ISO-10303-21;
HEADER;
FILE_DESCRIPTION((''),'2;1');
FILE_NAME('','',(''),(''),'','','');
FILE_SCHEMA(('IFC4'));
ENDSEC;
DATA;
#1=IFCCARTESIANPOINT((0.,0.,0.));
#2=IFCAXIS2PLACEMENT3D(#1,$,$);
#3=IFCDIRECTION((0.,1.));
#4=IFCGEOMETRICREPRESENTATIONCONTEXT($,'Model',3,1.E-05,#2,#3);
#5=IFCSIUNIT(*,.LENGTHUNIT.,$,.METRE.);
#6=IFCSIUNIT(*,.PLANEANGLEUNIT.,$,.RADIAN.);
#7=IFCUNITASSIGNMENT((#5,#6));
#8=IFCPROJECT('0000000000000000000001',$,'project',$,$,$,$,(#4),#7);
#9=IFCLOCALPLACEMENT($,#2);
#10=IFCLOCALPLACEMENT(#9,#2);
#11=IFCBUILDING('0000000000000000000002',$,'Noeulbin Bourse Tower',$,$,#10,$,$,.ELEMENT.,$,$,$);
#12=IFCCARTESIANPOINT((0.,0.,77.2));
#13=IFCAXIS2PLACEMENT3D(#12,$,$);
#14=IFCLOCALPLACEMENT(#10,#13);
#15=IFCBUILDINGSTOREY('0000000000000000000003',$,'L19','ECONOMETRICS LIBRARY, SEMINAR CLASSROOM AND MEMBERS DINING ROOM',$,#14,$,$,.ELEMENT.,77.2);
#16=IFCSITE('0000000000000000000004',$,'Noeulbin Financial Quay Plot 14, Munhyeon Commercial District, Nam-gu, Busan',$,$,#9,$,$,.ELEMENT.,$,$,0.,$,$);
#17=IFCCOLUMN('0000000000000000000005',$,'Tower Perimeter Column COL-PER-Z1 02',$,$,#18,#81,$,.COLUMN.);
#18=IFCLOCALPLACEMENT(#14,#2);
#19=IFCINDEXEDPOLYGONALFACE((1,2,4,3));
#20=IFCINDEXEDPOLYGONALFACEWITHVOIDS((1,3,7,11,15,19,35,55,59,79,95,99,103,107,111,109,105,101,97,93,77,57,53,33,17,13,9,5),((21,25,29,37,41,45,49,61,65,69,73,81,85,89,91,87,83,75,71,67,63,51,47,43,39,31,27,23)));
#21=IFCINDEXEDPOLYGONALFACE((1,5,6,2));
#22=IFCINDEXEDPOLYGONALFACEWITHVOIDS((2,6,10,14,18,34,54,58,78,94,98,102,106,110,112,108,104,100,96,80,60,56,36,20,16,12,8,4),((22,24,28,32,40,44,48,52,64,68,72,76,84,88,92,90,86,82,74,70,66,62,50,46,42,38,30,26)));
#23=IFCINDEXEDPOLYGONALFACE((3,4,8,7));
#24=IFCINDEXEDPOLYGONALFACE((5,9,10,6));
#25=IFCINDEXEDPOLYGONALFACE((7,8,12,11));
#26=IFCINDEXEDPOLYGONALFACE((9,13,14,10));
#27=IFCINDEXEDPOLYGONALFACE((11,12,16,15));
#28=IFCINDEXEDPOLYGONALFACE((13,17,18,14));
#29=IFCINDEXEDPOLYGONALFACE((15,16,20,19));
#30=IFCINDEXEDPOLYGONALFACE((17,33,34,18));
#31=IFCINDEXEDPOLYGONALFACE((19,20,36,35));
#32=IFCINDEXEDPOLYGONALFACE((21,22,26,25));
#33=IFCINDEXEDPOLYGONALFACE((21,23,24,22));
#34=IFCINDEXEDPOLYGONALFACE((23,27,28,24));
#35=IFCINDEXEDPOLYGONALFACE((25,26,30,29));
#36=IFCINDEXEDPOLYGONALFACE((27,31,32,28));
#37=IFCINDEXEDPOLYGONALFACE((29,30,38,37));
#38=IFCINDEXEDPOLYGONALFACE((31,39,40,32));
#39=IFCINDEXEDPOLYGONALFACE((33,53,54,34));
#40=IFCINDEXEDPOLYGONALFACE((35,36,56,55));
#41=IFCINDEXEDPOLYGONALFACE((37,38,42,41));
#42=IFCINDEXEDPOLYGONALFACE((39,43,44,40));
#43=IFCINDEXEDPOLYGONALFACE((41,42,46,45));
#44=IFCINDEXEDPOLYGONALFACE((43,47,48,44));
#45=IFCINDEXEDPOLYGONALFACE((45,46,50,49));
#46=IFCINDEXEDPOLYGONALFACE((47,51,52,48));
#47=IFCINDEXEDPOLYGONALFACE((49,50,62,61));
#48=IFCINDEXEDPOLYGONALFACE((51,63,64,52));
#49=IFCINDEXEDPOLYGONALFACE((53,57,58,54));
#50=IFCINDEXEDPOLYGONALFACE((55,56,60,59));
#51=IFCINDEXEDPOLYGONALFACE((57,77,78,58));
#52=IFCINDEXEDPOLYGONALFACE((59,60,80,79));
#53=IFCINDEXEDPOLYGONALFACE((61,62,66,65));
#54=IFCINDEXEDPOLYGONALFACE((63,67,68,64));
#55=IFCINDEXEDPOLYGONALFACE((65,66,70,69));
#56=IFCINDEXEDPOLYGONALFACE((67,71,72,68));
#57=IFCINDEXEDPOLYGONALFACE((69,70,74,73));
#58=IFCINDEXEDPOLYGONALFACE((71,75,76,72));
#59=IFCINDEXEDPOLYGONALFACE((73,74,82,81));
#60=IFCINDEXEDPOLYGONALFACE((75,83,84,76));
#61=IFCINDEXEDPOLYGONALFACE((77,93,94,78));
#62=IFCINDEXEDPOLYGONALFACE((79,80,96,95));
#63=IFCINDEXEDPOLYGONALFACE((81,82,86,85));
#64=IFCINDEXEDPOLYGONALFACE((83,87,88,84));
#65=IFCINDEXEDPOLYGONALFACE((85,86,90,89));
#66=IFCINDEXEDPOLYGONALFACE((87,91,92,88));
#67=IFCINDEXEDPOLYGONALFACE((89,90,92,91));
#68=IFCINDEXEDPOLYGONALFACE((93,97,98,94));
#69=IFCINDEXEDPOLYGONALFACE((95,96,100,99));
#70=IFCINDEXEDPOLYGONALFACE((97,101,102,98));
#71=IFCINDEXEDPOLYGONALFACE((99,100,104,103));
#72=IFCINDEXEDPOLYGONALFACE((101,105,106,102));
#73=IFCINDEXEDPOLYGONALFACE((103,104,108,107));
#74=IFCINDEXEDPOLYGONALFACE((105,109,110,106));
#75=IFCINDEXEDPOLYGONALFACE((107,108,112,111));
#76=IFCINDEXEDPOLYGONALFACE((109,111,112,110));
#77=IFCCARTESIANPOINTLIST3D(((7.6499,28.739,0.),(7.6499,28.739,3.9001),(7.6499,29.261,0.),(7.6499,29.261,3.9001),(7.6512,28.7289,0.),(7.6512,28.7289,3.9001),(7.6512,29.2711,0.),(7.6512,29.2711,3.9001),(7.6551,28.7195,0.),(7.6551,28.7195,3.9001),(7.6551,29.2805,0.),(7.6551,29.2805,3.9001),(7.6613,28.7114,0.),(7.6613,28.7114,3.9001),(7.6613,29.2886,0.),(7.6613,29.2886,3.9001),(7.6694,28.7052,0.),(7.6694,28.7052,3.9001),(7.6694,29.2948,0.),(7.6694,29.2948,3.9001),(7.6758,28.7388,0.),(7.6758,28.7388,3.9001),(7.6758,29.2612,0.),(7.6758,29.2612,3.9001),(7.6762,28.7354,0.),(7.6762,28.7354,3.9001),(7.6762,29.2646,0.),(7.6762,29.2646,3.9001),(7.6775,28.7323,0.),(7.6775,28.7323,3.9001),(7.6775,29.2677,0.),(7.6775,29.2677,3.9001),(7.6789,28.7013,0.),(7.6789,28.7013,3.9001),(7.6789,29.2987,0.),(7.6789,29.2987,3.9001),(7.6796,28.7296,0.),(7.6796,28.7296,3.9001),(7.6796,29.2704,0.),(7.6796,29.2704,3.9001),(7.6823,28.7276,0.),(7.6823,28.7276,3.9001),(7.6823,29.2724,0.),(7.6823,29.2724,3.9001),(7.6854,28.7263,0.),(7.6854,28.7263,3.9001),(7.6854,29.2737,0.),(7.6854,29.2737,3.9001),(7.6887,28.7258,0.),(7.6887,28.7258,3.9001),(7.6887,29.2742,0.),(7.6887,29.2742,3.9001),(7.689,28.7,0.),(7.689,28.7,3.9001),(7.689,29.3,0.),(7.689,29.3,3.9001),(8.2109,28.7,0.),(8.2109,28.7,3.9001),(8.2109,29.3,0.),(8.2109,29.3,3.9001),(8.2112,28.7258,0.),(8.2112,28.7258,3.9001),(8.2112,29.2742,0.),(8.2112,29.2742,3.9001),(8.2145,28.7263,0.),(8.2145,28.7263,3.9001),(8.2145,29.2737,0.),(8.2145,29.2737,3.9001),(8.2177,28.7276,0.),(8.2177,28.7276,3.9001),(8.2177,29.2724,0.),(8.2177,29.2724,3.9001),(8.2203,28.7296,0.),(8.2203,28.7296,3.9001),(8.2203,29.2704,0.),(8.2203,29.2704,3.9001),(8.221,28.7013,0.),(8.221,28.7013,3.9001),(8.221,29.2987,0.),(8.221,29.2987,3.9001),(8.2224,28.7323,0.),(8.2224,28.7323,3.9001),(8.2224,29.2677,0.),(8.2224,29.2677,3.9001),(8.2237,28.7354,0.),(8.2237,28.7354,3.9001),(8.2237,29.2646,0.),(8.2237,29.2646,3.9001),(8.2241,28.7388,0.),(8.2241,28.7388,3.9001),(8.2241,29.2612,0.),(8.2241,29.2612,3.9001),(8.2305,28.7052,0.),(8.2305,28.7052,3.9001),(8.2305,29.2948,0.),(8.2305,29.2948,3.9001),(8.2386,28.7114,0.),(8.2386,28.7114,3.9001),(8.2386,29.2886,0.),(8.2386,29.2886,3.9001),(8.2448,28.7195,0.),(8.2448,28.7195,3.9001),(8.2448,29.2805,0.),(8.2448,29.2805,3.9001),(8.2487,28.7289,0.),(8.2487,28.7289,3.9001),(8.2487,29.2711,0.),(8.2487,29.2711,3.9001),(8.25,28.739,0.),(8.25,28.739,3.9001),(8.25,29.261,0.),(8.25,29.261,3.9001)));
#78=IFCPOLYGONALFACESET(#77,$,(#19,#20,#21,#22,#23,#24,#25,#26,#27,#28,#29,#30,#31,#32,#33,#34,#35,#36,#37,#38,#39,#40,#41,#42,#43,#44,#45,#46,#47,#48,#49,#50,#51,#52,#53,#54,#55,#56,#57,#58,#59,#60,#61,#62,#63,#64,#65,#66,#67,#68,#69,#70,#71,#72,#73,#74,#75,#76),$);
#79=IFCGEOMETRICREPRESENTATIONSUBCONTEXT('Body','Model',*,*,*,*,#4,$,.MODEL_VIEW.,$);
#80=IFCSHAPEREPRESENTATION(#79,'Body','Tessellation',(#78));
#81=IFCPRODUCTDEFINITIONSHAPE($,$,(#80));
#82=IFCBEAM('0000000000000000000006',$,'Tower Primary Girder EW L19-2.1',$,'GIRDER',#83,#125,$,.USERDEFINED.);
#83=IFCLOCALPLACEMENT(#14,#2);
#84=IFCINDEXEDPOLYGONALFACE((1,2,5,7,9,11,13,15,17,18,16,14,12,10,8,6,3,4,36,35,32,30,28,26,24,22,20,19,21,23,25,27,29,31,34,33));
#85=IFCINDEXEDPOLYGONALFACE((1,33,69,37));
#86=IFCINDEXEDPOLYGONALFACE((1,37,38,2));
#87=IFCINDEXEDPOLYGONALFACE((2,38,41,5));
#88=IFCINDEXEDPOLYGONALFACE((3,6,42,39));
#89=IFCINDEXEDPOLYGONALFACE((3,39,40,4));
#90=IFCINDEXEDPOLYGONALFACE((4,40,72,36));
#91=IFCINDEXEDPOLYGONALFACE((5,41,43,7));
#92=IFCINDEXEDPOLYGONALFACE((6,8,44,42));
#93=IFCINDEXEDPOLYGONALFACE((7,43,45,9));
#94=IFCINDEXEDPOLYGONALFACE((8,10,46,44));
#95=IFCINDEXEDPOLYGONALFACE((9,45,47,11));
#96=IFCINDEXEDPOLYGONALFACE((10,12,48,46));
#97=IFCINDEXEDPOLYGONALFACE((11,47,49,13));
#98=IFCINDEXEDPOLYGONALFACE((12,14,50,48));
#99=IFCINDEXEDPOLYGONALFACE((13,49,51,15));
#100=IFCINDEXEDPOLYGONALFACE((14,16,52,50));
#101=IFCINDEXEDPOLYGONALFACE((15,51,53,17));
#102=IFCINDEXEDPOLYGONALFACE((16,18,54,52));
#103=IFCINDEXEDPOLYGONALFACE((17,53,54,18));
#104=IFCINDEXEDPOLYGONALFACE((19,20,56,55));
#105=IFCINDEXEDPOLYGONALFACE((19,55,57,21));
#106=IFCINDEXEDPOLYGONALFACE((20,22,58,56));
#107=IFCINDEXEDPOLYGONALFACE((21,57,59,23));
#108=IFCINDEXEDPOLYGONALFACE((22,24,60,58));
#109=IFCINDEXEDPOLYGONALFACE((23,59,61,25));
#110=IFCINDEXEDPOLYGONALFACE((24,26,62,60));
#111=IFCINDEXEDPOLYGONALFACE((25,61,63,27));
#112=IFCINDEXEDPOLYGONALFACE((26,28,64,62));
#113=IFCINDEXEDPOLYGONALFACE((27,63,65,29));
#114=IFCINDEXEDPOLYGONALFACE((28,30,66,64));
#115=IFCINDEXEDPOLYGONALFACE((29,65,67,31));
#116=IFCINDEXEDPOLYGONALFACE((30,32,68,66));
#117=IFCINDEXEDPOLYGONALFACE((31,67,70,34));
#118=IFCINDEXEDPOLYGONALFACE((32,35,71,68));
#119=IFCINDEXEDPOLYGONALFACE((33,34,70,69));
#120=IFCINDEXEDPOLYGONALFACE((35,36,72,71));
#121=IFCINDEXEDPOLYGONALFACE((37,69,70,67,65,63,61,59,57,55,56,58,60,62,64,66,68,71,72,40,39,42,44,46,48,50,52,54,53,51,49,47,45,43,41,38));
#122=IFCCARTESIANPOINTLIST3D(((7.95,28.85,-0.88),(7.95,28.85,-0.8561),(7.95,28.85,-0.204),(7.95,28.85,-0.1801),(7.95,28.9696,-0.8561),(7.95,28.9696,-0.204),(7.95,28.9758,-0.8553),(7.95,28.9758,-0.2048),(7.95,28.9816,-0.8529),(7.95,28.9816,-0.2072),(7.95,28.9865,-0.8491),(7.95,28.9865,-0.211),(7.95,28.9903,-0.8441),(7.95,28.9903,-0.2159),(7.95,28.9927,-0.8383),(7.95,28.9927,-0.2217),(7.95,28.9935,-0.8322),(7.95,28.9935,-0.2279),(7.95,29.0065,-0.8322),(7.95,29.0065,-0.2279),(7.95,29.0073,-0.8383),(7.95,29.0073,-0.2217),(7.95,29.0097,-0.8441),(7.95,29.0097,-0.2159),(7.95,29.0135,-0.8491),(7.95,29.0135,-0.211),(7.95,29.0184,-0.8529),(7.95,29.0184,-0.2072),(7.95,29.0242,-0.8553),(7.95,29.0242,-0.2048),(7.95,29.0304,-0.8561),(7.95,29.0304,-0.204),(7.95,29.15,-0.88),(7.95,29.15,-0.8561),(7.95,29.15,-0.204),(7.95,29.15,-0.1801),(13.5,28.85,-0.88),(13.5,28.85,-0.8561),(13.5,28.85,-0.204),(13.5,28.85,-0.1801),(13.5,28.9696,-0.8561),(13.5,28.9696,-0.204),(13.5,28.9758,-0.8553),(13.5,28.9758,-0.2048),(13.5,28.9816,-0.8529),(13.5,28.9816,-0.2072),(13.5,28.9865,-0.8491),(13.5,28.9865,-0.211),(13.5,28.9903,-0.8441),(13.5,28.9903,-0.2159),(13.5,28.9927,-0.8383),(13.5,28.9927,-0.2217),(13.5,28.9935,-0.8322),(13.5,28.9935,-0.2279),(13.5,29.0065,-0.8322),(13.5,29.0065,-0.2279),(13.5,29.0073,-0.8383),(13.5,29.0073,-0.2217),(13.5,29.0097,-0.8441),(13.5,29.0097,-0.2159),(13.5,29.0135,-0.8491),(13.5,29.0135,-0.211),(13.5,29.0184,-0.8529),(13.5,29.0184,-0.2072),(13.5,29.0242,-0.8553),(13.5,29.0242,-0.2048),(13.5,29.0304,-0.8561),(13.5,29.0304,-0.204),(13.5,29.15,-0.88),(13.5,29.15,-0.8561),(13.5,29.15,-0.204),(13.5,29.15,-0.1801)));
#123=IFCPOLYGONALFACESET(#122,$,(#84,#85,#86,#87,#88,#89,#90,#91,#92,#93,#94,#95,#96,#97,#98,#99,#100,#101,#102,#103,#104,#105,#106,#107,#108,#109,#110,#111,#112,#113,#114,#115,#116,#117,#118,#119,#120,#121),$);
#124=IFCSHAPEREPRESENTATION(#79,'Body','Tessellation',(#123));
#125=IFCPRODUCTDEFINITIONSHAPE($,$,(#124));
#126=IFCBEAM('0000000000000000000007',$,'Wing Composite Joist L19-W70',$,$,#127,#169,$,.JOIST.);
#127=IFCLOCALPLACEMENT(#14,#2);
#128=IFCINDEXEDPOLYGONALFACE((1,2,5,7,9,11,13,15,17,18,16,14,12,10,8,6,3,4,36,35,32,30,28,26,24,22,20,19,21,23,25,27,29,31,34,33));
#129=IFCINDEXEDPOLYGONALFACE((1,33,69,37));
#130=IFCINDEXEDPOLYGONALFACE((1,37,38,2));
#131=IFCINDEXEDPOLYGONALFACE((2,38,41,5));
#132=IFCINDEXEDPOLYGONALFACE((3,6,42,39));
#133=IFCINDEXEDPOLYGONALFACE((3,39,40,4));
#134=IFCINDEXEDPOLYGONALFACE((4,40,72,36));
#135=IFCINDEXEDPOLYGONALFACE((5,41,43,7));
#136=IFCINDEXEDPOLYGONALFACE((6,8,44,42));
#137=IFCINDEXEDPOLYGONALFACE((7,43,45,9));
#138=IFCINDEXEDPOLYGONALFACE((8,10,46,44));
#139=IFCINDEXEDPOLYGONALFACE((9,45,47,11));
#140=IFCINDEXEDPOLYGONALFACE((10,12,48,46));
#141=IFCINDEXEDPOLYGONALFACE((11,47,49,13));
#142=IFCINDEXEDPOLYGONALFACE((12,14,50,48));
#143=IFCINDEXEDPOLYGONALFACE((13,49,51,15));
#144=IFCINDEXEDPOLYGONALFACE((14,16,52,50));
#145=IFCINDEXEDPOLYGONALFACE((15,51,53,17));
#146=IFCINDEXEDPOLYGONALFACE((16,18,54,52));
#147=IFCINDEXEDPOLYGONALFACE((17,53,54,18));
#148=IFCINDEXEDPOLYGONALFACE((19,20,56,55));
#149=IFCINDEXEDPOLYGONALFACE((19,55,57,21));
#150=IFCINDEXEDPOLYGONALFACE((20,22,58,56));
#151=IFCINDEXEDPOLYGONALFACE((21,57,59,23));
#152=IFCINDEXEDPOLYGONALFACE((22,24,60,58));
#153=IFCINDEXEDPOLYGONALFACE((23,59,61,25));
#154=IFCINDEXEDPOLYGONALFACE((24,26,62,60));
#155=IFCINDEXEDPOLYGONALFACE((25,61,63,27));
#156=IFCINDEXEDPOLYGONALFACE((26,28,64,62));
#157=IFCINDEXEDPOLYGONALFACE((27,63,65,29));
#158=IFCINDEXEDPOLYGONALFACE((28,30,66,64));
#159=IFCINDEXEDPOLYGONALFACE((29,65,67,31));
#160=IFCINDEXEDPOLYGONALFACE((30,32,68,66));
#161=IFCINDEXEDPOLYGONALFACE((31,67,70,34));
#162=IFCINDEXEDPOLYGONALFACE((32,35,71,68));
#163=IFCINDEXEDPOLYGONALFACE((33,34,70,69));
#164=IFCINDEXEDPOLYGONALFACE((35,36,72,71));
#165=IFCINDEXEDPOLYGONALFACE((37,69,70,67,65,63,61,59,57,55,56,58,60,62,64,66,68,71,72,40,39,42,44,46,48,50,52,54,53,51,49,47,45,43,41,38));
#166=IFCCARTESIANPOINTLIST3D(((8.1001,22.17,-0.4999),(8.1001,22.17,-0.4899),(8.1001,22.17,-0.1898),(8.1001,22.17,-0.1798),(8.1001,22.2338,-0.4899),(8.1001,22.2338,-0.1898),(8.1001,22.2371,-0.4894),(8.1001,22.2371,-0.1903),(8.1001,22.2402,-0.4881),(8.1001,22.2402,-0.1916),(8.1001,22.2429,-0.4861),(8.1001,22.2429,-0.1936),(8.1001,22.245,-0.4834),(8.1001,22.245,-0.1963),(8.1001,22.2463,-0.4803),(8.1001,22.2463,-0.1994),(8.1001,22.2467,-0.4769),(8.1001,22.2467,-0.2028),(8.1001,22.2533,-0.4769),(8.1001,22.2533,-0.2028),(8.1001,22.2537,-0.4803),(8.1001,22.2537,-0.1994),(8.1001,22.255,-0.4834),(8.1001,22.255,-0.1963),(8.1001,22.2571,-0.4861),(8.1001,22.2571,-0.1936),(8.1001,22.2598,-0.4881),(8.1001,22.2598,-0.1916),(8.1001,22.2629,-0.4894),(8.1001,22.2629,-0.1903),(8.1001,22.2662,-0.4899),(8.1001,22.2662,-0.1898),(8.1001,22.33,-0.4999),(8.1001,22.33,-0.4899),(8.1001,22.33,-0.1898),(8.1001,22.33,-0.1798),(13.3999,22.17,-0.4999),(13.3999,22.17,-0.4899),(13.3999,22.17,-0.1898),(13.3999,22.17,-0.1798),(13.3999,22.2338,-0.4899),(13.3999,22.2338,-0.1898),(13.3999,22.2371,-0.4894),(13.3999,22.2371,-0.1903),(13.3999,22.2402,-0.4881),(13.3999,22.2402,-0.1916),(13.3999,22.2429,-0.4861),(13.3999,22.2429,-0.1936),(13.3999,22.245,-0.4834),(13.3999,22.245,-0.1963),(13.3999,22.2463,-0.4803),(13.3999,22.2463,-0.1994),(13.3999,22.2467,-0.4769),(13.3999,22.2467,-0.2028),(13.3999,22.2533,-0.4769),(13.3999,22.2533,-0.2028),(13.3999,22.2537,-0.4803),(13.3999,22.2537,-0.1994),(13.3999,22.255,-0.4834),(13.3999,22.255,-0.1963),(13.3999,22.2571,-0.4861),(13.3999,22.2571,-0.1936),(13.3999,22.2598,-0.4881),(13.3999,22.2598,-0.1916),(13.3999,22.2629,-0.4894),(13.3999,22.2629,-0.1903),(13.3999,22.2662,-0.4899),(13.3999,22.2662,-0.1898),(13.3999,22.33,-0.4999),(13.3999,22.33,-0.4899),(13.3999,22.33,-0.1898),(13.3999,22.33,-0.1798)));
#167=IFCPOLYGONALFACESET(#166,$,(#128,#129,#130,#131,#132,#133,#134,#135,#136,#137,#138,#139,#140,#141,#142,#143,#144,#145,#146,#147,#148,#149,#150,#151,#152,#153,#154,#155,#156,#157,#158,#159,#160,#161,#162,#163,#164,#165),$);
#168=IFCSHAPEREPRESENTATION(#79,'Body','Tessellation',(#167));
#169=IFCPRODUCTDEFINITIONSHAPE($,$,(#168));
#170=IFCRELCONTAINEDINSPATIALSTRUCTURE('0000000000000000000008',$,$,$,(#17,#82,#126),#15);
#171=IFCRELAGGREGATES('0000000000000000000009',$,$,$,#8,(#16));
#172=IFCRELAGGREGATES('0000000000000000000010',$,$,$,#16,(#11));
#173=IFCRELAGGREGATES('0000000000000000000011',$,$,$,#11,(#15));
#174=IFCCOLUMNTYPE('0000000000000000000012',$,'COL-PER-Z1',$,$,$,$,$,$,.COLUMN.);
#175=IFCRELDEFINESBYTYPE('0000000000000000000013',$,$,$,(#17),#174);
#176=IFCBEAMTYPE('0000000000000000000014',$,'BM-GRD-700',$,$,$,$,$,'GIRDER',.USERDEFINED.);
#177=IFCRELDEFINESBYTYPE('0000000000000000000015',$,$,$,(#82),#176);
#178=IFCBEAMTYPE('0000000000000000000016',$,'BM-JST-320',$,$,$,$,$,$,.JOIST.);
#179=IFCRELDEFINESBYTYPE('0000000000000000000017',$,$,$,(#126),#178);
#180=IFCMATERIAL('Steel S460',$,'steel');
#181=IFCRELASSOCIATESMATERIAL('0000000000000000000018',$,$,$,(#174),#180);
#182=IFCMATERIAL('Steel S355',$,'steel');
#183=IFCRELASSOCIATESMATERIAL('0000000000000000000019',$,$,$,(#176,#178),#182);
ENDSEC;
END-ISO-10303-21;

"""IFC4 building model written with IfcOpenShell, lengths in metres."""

from ifc_helpers import new_model, si_unit, direction, frame, origin, origin_2d, place, context, subcontext, project, spatial, hollow_rectangle, i_section, extrude, material, material_profile, profile_set, type_object, element, save


model = new_model("IFC4")

# Units and contexts
model_context = context("Model", 3, precision=1e-05, world=origin(), true_north=direction((0.0, 1.0)))
body_context = subcontext(model_context, "Body", "Model", "MODEL_VIEW")
ifc_project = project(units=[si_unit("LENGTHUNIT", "METRE"), si_unit("PLANEANGLEUNIT", "RADIAN")], contexts=[model_context])

# Site, building, storey
site_placement = place(None, origin())
site = spatial("IfcSite", under=ifc_project, at=site_placement, Name="Noeulbin Financial Quay Plot 14, Munhyeon Commercial District, Nam-gu, Busan", CompositionType="ELEMENT", RefElevation=0.0)
building_placement = place(site_placement, origin())
building = spatial("IfcBuilding", under=site, at=building_placement, Name="Noeulbin Bourse Tower", CompositionType="ELEMENT")
storey_placement = place(building_placement, frame((0.0, 0.0, 77.2)))
storey = spatial("IfcBuildingStorey", under=building, at=storey_placement, Name="L19", Description="ECONOMETRICS LIBRARY, SEMINAR CLASSROOM AND MEMBERS DINING ROOM", CompositionType="ELEMENT", Elevation=77.2)

# Column
ifc_material_1 = material(Name="Steel S460", Category="steel")
ifc_material_profile_1 = material_profile(ifc_material_1, hollow_rectangle(XDim=0.6001, YDim=0.6001, WallThickness=0.0259, InnerFilletRadius=0.0129, OuterFilletRadius=0.0391, at=origin_2d()), Name="BOX-600x600x26", Category="LoadBearing")
ifc_profile_set_1 = profile_set([ifc_material_profile_1], Name="Steel S460")
column_type = type_object("IfcColumnType", Name="COL-PER-Z1", PredefinedType="COLUMN", material=ifc_profile_set_1)
column_placement = place(storey_placement, frame((7.95, 29.0, 0.0), z_axis=(0.0, 0.0, 1.0), x_axis=(1.0, 0.0, 0.0)))
element("IfcColumn", 1, at=column_placement, inside=storey, type_object=column_type, Name="Tower Perimeter Column COL-PER-Z1 02", PredefinedType="COLUMN", context=body_context, shape_type="SweptSolid", body=[
    extrude(hollow_rectangle(XDim=0.6001, YDim=0.6001, WallThickness=0.0259, InnerFilletRadius=0.0129, OuterFilletRadius=0.0391, at=origin_2d()), origin(), (0.0, 0.0, 1.0), 3.9001),
])

# Beams
ifc_material_2 = material(Name="Steel S355", Category="steel")
ifc_material_profile_2 = material_profile(ifc_material_2, i_section(OverallWidth=0.3, OverallDepth=0.7, WebThickness=0.0129, FlangeThickness=0.0239, FilletRadius=0.0239, at=origin_2d()), Name="H-700x300x13x24", Category="LoadBearing")
ifc_profile_set_2 = profile_set([ifc_material_profile_2], Name="Steel S355")
beam_type_1 = type_object("IfcBeamType", Name="BM-GRD-700", ElementType="GIRDER", PredefinedType="USERDEFINED", material=ifc_profile_set_2)
beam_1_placement = place(storey_placement, frame((7.95, 29.0, -0.53), z_axis=(1.0, 0.0, 0.0), x_axis=(0.0, 1.0, 0.0)))
element("IfcBeam", 2, at=beam_1_placement, inside=storey, type_object=beam_type_1, Name="Tower Primary Girder EW L19-2.1", ObjectType="GIRDER", PredefinedType="USERDEFINED", context=body_context, shape_type="SweptSolid", body=[
    extrude(i_section(OverallWidth=0.3, OverallDepth=0.7, WebThickness=0.0129, FlangeThickness=0.0239, FilletRadius=0.0239, at=origin_2d()), origin(), (0.0, 0.0, 1.0), 5.55),
])
ifc_material_profile_3 = material_profile(ifc_material_2, i_section(OverallWidth=0.1599, OverallDepth=0.3201, WebThickness=0.0066, FlangeThickness=0.01, FilletRadius=0.0129, at=origin_2d()), Name="H-320x160x6.5x10", Category="LoadBearing")
ifc_profile_set_3 = profile_set([ifc_material_profile_3], Name="Steel S355")
beam_type_2 = type_object("IfcBeamType", Name="BM-JST-320", PredefinedType="JOIST", material=ifc_profile_set_3)
for number, where, z_axis, x_axis, name in (
    (3, (8.1001, 22.25, -0.3398), (1.0, 0.0, 0.0), (0.0, 1.0, 0.0), "Wing Composite Joist L19-W70"),
):
    element("IfcBeam", number, at=place(storey_placement, frame(where, z_axis=z_axis, x_axis=x_axis)), inside=storey, type_object=beam_type_2, Name=name, PredefinedType="JOIST", context=body_context, shape_type="SweptSolid", body=[
        extrude(i_section(OverallWidth=0.1599, OverallDepth=0.3201, WebThickness=0.0066, FlangeThickness=0.01, FilletRadius=0.0129, at=origin_2d()), origin(), (0.0, 0.0, 1.0), 5.2998),
    ])

save(model, "model.ifc")
